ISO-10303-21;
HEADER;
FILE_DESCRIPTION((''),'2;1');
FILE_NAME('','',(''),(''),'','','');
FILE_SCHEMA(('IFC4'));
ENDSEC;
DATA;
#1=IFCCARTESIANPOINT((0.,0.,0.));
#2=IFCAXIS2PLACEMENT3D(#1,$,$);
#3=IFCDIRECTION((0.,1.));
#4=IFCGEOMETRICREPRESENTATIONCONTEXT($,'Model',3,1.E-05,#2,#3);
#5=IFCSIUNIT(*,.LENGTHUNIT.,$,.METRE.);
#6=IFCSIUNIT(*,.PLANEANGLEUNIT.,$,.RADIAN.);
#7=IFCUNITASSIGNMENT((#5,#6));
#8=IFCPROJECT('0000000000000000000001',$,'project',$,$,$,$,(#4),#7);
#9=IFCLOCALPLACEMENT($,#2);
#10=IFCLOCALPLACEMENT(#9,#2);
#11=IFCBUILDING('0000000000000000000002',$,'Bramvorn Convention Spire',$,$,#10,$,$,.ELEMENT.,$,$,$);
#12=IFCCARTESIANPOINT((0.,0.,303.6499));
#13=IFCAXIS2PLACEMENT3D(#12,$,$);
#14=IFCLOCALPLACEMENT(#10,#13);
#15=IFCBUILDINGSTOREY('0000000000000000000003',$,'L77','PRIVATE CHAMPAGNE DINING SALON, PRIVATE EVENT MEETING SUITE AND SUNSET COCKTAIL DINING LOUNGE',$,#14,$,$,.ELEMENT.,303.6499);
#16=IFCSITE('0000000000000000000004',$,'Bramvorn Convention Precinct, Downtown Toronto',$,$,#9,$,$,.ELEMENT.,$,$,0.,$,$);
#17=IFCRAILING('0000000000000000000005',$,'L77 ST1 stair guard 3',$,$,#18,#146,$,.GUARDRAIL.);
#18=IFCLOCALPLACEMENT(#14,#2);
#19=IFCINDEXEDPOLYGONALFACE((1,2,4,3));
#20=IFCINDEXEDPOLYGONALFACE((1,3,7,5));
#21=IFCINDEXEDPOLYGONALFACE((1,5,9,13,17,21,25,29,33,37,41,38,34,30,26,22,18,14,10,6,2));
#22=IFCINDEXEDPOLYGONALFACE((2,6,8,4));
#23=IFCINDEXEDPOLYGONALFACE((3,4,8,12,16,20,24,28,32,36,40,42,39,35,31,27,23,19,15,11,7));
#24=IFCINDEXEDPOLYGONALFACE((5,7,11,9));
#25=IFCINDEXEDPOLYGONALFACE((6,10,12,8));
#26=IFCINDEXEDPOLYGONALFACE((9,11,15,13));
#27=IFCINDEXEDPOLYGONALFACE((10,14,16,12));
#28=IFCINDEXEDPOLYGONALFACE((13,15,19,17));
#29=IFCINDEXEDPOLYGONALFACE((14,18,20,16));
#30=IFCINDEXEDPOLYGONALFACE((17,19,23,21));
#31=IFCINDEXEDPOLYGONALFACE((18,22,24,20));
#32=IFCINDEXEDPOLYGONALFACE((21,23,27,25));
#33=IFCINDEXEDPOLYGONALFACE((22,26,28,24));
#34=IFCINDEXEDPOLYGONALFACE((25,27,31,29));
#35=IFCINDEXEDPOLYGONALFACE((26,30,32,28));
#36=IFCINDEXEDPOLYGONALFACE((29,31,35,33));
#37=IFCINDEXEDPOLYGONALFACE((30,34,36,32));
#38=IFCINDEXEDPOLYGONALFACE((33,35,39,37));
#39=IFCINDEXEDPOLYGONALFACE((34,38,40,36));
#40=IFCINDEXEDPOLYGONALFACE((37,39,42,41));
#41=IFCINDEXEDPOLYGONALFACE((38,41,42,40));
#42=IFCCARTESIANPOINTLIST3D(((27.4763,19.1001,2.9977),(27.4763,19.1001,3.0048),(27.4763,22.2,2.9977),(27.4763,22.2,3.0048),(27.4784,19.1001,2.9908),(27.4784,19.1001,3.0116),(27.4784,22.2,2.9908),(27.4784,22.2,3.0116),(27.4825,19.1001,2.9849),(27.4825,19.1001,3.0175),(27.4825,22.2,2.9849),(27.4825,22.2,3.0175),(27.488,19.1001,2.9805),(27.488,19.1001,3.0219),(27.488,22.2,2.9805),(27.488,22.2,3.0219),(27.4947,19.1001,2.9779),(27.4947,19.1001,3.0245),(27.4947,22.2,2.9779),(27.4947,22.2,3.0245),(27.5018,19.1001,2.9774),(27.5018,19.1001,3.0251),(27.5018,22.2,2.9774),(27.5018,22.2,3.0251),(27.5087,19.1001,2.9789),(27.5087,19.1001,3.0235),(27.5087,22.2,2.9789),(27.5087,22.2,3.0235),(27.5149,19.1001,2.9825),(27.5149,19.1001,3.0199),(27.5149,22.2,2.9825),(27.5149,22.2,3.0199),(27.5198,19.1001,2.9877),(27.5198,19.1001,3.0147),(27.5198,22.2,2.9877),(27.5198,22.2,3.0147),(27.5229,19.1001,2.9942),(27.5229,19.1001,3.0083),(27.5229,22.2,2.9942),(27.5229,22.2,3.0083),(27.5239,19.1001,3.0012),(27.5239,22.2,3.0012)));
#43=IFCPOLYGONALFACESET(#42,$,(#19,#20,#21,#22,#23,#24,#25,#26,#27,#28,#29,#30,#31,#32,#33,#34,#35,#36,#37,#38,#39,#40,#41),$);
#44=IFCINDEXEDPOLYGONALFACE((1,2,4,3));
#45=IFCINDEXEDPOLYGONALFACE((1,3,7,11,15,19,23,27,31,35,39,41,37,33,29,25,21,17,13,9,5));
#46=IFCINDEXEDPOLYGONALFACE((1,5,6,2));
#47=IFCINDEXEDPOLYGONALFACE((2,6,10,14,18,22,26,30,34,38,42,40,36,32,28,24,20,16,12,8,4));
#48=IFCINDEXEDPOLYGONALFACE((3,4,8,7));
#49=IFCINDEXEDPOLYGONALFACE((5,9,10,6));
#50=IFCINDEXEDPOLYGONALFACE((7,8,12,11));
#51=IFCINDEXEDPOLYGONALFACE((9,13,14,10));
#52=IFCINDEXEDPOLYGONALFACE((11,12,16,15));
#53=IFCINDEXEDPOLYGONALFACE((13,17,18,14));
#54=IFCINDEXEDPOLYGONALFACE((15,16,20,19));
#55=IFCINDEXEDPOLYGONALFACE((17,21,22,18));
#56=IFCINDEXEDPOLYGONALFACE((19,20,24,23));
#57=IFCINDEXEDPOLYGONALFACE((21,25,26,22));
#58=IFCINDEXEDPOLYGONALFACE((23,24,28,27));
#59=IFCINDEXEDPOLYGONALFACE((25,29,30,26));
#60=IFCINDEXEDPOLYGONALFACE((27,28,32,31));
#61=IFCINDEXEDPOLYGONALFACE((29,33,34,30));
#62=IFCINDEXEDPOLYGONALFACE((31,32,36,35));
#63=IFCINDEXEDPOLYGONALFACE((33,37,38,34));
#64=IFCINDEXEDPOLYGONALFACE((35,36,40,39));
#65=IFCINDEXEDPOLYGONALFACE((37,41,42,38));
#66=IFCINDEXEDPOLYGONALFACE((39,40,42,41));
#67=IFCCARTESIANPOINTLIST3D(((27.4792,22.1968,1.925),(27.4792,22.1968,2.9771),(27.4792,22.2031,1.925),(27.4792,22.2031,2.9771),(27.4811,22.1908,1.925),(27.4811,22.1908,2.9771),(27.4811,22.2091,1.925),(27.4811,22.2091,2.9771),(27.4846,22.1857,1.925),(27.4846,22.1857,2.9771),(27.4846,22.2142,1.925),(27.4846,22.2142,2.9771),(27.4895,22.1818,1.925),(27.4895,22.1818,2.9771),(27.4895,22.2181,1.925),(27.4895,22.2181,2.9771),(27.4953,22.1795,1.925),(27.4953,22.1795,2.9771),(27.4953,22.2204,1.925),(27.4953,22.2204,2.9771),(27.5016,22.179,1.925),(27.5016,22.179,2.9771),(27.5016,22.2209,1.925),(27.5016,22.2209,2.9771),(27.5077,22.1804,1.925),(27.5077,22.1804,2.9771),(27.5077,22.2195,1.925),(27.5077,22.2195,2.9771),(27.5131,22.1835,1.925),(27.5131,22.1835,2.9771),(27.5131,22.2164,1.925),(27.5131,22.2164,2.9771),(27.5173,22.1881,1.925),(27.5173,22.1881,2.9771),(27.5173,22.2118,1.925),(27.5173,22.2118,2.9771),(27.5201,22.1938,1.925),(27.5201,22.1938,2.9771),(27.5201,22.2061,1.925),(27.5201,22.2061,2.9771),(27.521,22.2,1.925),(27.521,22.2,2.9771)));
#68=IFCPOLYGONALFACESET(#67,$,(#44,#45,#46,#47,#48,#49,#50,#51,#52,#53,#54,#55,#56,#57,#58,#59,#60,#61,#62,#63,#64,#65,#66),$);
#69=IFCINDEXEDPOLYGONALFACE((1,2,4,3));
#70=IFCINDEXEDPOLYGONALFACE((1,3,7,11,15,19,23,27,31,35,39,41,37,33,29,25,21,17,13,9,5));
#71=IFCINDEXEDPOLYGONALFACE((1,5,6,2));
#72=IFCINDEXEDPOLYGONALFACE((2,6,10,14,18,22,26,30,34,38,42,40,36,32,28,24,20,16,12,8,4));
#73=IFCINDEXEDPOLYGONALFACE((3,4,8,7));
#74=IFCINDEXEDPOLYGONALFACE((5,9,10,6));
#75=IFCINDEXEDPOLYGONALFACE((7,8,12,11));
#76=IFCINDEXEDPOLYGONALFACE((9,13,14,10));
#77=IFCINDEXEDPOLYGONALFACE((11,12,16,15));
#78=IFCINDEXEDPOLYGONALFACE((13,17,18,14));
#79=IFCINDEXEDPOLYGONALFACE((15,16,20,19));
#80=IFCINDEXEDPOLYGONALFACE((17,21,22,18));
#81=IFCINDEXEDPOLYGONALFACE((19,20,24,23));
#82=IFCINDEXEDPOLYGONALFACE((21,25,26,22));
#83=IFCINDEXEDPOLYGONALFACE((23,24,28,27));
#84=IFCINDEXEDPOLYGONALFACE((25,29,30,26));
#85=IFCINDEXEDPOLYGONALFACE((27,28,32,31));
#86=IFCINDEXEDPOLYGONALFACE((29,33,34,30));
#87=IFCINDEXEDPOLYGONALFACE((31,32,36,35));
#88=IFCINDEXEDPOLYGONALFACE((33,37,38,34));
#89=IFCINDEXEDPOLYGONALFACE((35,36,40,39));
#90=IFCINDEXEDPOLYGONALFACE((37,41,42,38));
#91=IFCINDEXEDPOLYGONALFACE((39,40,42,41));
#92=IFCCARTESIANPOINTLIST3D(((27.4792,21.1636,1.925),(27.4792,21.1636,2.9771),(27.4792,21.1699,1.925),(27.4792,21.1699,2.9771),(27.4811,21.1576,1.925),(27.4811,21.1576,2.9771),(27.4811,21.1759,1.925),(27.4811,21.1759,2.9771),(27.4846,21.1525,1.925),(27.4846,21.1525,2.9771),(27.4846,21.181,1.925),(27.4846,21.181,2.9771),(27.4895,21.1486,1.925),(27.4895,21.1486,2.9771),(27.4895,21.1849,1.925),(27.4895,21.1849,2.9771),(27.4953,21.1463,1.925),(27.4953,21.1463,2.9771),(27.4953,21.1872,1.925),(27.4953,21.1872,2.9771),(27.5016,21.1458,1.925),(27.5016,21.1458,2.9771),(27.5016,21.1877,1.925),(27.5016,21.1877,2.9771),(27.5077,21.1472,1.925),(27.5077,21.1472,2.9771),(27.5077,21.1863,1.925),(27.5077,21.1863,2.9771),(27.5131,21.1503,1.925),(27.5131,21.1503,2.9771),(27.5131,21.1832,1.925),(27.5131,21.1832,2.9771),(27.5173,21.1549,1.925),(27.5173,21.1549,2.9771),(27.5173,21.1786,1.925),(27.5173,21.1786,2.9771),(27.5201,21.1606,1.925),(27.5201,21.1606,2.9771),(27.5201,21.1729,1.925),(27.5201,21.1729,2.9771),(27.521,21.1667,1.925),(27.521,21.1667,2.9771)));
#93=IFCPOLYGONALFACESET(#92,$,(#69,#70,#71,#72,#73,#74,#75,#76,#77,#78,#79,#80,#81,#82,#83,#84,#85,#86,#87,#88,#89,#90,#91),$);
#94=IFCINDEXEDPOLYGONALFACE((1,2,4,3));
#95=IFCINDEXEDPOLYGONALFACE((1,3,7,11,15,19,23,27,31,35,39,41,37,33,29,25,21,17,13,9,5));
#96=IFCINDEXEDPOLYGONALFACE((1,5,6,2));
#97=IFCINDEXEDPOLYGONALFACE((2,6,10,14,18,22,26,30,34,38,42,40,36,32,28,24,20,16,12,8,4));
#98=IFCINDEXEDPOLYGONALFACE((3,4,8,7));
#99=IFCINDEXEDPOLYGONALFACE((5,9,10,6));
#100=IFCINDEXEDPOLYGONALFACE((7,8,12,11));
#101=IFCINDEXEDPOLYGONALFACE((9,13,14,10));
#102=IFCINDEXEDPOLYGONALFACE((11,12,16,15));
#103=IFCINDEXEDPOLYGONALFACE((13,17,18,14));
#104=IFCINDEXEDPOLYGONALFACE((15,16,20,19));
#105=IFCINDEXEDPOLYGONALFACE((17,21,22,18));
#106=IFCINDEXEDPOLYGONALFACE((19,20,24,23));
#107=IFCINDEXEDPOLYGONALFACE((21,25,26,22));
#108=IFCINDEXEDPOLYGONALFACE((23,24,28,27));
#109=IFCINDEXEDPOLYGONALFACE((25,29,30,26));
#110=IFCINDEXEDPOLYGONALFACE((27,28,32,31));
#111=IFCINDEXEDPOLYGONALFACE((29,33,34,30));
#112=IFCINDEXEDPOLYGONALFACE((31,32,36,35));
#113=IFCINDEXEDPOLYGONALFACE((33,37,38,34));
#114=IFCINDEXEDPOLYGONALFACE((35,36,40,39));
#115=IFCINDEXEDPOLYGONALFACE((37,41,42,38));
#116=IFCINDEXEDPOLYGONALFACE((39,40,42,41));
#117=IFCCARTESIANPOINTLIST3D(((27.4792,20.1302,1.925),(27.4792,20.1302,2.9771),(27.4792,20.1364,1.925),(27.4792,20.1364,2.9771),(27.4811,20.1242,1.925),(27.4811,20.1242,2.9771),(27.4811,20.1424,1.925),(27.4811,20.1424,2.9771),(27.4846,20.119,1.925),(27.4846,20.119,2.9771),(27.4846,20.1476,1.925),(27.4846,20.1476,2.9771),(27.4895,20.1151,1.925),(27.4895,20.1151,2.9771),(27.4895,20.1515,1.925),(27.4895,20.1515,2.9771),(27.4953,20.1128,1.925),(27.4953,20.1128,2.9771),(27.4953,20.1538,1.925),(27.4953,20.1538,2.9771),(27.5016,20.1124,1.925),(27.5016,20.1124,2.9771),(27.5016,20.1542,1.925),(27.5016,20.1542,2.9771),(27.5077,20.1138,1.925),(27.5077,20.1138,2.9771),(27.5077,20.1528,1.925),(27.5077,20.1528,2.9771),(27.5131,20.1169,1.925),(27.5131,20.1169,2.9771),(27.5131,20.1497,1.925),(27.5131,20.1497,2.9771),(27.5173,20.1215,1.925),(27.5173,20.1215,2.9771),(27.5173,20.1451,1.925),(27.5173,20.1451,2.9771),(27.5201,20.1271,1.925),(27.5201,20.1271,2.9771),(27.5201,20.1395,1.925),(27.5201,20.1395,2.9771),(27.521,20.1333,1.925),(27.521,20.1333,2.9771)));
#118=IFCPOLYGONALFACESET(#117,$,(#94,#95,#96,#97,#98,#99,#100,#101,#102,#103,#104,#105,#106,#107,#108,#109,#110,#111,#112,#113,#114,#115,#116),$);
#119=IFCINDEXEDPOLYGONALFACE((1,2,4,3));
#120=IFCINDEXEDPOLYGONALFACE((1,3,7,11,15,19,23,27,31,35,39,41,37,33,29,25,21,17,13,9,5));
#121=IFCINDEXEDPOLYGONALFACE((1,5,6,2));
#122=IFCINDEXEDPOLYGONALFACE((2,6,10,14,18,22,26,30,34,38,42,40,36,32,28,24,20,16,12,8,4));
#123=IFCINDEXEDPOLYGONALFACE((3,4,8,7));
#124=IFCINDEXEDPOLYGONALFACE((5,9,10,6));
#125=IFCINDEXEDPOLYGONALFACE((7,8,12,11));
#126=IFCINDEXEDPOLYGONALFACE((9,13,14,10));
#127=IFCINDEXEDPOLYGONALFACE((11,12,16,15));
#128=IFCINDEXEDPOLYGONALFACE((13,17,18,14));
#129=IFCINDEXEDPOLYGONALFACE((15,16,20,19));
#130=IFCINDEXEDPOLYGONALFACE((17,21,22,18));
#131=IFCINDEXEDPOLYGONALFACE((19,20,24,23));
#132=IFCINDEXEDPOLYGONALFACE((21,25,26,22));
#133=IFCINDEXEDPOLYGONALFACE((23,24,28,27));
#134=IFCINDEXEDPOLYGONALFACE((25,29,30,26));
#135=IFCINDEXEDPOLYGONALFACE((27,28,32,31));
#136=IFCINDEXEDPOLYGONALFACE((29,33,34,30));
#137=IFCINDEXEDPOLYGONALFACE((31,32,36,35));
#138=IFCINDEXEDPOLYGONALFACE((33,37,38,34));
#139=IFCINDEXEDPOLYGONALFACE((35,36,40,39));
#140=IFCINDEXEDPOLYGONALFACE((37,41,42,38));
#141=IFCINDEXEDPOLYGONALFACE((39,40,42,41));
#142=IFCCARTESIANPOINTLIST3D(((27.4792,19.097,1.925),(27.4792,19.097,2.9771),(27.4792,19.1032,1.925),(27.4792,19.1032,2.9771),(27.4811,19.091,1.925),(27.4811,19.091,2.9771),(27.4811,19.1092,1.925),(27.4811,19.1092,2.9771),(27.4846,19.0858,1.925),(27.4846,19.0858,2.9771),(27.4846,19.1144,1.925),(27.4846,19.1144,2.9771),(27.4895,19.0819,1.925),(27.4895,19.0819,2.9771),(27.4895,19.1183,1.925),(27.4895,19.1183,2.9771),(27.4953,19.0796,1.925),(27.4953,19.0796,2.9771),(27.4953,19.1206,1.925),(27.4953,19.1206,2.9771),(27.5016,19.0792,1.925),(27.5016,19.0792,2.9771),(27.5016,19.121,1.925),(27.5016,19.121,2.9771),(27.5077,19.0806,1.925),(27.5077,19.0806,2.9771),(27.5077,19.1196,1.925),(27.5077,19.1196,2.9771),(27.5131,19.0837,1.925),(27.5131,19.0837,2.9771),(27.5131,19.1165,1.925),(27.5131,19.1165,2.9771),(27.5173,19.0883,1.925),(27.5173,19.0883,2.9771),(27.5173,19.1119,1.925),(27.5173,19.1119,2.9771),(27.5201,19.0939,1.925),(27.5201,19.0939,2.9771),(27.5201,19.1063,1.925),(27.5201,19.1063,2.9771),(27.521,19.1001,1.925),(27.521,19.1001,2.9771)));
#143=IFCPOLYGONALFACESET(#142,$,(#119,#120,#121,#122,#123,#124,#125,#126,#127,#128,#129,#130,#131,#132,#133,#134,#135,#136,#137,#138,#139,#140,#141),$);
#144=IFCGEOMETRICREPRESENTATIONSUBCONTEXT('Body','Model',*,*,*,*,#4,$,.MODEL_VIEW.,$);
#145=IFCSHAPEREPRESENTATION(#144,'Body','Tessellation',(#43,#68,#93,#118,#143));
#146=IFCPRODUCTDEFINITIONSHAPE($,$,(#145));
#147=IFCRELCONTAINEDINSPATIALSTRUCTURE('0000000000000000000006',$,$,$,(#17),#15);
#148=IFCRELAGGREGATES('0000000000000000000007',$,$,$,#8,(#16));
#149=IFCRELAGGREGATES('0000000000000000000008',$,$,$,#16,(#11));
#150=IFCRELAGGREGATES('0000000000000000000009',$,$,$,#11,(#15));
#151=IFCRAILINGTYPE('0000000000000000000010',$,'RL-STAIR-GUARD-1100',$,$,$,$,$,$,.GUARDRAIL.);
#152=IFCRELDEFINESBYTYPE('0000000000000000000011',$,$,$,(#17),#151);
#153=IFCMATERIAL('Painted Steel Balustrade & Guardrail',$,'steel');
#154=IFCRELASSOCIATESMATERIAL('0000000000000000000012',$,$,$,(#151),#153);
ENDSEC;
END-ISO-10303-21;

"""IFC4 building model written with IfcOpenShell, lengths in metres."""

from ifc_helpers import new_model, si_unit, direction, frame, origin, origin_2d, place, context, subcontext, project, spatial, circle, extrude, material, type_object, element, save


model = new_model("IFC4")

# Units and contexts
model_context = context("Model", 3, precision=1e-05, world=origin(), true_north=direction((0.0, 1.0)))
body_context = subcontext(model_context, "Body", "Model", "MODEL_VIEW")
ifc_project = project(units=[si_unit("LENGTHUNIT", "METRE"), si_unit("PLANEANGLEUNIT", "RADIAN")], contexts=[model_context])

# Site, building, storey
site_placement = place(None, origin())
site = spatial("IfcSite", under=ifc_project, at=site_placement, Name="Bramvorn Convention Precinct, Downtown Toronto", CompositionType="ELEMENT", RefElevation=0.0)
building_placement = place(site_placement, origin())
building = spatial("IfcBuilding", under=site, at=building_placement, Name="Bramvorn Convention Spire", CompositionType="ELEMENT")
storey_placement = place(building_placement, frame((0.0, 0.0, 303.6499)))
storey = spatial("IfcBuildingStorey", under=building, at=storey_placement, Name="L77", Description="PRIVATE CHAMPAGNE DINING SALON, PRIVATE EVENT MEETING SUITE AND SUNSET COCKTAIL DINING LOUNGE", CompositionType="ELEMENT", Elevation=303.6499)

# Railing
ifc_material_1 = material(Name="Painted Steel Balustrade & Guardrail", Category="steel")
railing_type_1 = type_object("IfcRailingType", Name="RL-STAIR-GUARD-1100", PredefinedType="GUARDRAIL", material=ifc_material_1)
for number, where, name in (
    (1, (27.5, 22.2, 1.925), "L77 ST1 stair guard 3"),
):
    element("IfcRailing", number, at=place(storey_placement, frame(where)), inside=storey, type_object=railing_type_1, Name=name, PredefinedType="GUARDRAIL", context=body_context, shape_type="SweptSolid", body=[
        extrude(circle(Radius=0.0239, at=origin_2d()), frame((0.0, 0.0, 1.0762), z_axis=(0.0, -1.0, 0.0), x_axis=(1.0, 0.0, 0.0)), (0.0, 0.0, 1.0), 3.0999),
        extrude(circle(Radius=0.021, at=origin_2d()), origin(), (0.0, 0.0, 1.0), 1.052),
        extrude(circle(Radius=0.021, at=origin_2d()), frame((0.0, -1.0332, 0.0)), (0.0, 0.0, 1.0), 1.052),
        extrude(circle(Radius=0.021, at=origin_2d()), frame((0.0, -2.0667, 0.0)), (0.0, 0.0, 1.0), 1.052),
        extrude(circle(Radius=0.021, at=origin_2d()), frame((0.0, -3.0999, 0.0)), (0.0, 0.0, 1.0), 1.052),
    ])

save(model, "model.ifc")
